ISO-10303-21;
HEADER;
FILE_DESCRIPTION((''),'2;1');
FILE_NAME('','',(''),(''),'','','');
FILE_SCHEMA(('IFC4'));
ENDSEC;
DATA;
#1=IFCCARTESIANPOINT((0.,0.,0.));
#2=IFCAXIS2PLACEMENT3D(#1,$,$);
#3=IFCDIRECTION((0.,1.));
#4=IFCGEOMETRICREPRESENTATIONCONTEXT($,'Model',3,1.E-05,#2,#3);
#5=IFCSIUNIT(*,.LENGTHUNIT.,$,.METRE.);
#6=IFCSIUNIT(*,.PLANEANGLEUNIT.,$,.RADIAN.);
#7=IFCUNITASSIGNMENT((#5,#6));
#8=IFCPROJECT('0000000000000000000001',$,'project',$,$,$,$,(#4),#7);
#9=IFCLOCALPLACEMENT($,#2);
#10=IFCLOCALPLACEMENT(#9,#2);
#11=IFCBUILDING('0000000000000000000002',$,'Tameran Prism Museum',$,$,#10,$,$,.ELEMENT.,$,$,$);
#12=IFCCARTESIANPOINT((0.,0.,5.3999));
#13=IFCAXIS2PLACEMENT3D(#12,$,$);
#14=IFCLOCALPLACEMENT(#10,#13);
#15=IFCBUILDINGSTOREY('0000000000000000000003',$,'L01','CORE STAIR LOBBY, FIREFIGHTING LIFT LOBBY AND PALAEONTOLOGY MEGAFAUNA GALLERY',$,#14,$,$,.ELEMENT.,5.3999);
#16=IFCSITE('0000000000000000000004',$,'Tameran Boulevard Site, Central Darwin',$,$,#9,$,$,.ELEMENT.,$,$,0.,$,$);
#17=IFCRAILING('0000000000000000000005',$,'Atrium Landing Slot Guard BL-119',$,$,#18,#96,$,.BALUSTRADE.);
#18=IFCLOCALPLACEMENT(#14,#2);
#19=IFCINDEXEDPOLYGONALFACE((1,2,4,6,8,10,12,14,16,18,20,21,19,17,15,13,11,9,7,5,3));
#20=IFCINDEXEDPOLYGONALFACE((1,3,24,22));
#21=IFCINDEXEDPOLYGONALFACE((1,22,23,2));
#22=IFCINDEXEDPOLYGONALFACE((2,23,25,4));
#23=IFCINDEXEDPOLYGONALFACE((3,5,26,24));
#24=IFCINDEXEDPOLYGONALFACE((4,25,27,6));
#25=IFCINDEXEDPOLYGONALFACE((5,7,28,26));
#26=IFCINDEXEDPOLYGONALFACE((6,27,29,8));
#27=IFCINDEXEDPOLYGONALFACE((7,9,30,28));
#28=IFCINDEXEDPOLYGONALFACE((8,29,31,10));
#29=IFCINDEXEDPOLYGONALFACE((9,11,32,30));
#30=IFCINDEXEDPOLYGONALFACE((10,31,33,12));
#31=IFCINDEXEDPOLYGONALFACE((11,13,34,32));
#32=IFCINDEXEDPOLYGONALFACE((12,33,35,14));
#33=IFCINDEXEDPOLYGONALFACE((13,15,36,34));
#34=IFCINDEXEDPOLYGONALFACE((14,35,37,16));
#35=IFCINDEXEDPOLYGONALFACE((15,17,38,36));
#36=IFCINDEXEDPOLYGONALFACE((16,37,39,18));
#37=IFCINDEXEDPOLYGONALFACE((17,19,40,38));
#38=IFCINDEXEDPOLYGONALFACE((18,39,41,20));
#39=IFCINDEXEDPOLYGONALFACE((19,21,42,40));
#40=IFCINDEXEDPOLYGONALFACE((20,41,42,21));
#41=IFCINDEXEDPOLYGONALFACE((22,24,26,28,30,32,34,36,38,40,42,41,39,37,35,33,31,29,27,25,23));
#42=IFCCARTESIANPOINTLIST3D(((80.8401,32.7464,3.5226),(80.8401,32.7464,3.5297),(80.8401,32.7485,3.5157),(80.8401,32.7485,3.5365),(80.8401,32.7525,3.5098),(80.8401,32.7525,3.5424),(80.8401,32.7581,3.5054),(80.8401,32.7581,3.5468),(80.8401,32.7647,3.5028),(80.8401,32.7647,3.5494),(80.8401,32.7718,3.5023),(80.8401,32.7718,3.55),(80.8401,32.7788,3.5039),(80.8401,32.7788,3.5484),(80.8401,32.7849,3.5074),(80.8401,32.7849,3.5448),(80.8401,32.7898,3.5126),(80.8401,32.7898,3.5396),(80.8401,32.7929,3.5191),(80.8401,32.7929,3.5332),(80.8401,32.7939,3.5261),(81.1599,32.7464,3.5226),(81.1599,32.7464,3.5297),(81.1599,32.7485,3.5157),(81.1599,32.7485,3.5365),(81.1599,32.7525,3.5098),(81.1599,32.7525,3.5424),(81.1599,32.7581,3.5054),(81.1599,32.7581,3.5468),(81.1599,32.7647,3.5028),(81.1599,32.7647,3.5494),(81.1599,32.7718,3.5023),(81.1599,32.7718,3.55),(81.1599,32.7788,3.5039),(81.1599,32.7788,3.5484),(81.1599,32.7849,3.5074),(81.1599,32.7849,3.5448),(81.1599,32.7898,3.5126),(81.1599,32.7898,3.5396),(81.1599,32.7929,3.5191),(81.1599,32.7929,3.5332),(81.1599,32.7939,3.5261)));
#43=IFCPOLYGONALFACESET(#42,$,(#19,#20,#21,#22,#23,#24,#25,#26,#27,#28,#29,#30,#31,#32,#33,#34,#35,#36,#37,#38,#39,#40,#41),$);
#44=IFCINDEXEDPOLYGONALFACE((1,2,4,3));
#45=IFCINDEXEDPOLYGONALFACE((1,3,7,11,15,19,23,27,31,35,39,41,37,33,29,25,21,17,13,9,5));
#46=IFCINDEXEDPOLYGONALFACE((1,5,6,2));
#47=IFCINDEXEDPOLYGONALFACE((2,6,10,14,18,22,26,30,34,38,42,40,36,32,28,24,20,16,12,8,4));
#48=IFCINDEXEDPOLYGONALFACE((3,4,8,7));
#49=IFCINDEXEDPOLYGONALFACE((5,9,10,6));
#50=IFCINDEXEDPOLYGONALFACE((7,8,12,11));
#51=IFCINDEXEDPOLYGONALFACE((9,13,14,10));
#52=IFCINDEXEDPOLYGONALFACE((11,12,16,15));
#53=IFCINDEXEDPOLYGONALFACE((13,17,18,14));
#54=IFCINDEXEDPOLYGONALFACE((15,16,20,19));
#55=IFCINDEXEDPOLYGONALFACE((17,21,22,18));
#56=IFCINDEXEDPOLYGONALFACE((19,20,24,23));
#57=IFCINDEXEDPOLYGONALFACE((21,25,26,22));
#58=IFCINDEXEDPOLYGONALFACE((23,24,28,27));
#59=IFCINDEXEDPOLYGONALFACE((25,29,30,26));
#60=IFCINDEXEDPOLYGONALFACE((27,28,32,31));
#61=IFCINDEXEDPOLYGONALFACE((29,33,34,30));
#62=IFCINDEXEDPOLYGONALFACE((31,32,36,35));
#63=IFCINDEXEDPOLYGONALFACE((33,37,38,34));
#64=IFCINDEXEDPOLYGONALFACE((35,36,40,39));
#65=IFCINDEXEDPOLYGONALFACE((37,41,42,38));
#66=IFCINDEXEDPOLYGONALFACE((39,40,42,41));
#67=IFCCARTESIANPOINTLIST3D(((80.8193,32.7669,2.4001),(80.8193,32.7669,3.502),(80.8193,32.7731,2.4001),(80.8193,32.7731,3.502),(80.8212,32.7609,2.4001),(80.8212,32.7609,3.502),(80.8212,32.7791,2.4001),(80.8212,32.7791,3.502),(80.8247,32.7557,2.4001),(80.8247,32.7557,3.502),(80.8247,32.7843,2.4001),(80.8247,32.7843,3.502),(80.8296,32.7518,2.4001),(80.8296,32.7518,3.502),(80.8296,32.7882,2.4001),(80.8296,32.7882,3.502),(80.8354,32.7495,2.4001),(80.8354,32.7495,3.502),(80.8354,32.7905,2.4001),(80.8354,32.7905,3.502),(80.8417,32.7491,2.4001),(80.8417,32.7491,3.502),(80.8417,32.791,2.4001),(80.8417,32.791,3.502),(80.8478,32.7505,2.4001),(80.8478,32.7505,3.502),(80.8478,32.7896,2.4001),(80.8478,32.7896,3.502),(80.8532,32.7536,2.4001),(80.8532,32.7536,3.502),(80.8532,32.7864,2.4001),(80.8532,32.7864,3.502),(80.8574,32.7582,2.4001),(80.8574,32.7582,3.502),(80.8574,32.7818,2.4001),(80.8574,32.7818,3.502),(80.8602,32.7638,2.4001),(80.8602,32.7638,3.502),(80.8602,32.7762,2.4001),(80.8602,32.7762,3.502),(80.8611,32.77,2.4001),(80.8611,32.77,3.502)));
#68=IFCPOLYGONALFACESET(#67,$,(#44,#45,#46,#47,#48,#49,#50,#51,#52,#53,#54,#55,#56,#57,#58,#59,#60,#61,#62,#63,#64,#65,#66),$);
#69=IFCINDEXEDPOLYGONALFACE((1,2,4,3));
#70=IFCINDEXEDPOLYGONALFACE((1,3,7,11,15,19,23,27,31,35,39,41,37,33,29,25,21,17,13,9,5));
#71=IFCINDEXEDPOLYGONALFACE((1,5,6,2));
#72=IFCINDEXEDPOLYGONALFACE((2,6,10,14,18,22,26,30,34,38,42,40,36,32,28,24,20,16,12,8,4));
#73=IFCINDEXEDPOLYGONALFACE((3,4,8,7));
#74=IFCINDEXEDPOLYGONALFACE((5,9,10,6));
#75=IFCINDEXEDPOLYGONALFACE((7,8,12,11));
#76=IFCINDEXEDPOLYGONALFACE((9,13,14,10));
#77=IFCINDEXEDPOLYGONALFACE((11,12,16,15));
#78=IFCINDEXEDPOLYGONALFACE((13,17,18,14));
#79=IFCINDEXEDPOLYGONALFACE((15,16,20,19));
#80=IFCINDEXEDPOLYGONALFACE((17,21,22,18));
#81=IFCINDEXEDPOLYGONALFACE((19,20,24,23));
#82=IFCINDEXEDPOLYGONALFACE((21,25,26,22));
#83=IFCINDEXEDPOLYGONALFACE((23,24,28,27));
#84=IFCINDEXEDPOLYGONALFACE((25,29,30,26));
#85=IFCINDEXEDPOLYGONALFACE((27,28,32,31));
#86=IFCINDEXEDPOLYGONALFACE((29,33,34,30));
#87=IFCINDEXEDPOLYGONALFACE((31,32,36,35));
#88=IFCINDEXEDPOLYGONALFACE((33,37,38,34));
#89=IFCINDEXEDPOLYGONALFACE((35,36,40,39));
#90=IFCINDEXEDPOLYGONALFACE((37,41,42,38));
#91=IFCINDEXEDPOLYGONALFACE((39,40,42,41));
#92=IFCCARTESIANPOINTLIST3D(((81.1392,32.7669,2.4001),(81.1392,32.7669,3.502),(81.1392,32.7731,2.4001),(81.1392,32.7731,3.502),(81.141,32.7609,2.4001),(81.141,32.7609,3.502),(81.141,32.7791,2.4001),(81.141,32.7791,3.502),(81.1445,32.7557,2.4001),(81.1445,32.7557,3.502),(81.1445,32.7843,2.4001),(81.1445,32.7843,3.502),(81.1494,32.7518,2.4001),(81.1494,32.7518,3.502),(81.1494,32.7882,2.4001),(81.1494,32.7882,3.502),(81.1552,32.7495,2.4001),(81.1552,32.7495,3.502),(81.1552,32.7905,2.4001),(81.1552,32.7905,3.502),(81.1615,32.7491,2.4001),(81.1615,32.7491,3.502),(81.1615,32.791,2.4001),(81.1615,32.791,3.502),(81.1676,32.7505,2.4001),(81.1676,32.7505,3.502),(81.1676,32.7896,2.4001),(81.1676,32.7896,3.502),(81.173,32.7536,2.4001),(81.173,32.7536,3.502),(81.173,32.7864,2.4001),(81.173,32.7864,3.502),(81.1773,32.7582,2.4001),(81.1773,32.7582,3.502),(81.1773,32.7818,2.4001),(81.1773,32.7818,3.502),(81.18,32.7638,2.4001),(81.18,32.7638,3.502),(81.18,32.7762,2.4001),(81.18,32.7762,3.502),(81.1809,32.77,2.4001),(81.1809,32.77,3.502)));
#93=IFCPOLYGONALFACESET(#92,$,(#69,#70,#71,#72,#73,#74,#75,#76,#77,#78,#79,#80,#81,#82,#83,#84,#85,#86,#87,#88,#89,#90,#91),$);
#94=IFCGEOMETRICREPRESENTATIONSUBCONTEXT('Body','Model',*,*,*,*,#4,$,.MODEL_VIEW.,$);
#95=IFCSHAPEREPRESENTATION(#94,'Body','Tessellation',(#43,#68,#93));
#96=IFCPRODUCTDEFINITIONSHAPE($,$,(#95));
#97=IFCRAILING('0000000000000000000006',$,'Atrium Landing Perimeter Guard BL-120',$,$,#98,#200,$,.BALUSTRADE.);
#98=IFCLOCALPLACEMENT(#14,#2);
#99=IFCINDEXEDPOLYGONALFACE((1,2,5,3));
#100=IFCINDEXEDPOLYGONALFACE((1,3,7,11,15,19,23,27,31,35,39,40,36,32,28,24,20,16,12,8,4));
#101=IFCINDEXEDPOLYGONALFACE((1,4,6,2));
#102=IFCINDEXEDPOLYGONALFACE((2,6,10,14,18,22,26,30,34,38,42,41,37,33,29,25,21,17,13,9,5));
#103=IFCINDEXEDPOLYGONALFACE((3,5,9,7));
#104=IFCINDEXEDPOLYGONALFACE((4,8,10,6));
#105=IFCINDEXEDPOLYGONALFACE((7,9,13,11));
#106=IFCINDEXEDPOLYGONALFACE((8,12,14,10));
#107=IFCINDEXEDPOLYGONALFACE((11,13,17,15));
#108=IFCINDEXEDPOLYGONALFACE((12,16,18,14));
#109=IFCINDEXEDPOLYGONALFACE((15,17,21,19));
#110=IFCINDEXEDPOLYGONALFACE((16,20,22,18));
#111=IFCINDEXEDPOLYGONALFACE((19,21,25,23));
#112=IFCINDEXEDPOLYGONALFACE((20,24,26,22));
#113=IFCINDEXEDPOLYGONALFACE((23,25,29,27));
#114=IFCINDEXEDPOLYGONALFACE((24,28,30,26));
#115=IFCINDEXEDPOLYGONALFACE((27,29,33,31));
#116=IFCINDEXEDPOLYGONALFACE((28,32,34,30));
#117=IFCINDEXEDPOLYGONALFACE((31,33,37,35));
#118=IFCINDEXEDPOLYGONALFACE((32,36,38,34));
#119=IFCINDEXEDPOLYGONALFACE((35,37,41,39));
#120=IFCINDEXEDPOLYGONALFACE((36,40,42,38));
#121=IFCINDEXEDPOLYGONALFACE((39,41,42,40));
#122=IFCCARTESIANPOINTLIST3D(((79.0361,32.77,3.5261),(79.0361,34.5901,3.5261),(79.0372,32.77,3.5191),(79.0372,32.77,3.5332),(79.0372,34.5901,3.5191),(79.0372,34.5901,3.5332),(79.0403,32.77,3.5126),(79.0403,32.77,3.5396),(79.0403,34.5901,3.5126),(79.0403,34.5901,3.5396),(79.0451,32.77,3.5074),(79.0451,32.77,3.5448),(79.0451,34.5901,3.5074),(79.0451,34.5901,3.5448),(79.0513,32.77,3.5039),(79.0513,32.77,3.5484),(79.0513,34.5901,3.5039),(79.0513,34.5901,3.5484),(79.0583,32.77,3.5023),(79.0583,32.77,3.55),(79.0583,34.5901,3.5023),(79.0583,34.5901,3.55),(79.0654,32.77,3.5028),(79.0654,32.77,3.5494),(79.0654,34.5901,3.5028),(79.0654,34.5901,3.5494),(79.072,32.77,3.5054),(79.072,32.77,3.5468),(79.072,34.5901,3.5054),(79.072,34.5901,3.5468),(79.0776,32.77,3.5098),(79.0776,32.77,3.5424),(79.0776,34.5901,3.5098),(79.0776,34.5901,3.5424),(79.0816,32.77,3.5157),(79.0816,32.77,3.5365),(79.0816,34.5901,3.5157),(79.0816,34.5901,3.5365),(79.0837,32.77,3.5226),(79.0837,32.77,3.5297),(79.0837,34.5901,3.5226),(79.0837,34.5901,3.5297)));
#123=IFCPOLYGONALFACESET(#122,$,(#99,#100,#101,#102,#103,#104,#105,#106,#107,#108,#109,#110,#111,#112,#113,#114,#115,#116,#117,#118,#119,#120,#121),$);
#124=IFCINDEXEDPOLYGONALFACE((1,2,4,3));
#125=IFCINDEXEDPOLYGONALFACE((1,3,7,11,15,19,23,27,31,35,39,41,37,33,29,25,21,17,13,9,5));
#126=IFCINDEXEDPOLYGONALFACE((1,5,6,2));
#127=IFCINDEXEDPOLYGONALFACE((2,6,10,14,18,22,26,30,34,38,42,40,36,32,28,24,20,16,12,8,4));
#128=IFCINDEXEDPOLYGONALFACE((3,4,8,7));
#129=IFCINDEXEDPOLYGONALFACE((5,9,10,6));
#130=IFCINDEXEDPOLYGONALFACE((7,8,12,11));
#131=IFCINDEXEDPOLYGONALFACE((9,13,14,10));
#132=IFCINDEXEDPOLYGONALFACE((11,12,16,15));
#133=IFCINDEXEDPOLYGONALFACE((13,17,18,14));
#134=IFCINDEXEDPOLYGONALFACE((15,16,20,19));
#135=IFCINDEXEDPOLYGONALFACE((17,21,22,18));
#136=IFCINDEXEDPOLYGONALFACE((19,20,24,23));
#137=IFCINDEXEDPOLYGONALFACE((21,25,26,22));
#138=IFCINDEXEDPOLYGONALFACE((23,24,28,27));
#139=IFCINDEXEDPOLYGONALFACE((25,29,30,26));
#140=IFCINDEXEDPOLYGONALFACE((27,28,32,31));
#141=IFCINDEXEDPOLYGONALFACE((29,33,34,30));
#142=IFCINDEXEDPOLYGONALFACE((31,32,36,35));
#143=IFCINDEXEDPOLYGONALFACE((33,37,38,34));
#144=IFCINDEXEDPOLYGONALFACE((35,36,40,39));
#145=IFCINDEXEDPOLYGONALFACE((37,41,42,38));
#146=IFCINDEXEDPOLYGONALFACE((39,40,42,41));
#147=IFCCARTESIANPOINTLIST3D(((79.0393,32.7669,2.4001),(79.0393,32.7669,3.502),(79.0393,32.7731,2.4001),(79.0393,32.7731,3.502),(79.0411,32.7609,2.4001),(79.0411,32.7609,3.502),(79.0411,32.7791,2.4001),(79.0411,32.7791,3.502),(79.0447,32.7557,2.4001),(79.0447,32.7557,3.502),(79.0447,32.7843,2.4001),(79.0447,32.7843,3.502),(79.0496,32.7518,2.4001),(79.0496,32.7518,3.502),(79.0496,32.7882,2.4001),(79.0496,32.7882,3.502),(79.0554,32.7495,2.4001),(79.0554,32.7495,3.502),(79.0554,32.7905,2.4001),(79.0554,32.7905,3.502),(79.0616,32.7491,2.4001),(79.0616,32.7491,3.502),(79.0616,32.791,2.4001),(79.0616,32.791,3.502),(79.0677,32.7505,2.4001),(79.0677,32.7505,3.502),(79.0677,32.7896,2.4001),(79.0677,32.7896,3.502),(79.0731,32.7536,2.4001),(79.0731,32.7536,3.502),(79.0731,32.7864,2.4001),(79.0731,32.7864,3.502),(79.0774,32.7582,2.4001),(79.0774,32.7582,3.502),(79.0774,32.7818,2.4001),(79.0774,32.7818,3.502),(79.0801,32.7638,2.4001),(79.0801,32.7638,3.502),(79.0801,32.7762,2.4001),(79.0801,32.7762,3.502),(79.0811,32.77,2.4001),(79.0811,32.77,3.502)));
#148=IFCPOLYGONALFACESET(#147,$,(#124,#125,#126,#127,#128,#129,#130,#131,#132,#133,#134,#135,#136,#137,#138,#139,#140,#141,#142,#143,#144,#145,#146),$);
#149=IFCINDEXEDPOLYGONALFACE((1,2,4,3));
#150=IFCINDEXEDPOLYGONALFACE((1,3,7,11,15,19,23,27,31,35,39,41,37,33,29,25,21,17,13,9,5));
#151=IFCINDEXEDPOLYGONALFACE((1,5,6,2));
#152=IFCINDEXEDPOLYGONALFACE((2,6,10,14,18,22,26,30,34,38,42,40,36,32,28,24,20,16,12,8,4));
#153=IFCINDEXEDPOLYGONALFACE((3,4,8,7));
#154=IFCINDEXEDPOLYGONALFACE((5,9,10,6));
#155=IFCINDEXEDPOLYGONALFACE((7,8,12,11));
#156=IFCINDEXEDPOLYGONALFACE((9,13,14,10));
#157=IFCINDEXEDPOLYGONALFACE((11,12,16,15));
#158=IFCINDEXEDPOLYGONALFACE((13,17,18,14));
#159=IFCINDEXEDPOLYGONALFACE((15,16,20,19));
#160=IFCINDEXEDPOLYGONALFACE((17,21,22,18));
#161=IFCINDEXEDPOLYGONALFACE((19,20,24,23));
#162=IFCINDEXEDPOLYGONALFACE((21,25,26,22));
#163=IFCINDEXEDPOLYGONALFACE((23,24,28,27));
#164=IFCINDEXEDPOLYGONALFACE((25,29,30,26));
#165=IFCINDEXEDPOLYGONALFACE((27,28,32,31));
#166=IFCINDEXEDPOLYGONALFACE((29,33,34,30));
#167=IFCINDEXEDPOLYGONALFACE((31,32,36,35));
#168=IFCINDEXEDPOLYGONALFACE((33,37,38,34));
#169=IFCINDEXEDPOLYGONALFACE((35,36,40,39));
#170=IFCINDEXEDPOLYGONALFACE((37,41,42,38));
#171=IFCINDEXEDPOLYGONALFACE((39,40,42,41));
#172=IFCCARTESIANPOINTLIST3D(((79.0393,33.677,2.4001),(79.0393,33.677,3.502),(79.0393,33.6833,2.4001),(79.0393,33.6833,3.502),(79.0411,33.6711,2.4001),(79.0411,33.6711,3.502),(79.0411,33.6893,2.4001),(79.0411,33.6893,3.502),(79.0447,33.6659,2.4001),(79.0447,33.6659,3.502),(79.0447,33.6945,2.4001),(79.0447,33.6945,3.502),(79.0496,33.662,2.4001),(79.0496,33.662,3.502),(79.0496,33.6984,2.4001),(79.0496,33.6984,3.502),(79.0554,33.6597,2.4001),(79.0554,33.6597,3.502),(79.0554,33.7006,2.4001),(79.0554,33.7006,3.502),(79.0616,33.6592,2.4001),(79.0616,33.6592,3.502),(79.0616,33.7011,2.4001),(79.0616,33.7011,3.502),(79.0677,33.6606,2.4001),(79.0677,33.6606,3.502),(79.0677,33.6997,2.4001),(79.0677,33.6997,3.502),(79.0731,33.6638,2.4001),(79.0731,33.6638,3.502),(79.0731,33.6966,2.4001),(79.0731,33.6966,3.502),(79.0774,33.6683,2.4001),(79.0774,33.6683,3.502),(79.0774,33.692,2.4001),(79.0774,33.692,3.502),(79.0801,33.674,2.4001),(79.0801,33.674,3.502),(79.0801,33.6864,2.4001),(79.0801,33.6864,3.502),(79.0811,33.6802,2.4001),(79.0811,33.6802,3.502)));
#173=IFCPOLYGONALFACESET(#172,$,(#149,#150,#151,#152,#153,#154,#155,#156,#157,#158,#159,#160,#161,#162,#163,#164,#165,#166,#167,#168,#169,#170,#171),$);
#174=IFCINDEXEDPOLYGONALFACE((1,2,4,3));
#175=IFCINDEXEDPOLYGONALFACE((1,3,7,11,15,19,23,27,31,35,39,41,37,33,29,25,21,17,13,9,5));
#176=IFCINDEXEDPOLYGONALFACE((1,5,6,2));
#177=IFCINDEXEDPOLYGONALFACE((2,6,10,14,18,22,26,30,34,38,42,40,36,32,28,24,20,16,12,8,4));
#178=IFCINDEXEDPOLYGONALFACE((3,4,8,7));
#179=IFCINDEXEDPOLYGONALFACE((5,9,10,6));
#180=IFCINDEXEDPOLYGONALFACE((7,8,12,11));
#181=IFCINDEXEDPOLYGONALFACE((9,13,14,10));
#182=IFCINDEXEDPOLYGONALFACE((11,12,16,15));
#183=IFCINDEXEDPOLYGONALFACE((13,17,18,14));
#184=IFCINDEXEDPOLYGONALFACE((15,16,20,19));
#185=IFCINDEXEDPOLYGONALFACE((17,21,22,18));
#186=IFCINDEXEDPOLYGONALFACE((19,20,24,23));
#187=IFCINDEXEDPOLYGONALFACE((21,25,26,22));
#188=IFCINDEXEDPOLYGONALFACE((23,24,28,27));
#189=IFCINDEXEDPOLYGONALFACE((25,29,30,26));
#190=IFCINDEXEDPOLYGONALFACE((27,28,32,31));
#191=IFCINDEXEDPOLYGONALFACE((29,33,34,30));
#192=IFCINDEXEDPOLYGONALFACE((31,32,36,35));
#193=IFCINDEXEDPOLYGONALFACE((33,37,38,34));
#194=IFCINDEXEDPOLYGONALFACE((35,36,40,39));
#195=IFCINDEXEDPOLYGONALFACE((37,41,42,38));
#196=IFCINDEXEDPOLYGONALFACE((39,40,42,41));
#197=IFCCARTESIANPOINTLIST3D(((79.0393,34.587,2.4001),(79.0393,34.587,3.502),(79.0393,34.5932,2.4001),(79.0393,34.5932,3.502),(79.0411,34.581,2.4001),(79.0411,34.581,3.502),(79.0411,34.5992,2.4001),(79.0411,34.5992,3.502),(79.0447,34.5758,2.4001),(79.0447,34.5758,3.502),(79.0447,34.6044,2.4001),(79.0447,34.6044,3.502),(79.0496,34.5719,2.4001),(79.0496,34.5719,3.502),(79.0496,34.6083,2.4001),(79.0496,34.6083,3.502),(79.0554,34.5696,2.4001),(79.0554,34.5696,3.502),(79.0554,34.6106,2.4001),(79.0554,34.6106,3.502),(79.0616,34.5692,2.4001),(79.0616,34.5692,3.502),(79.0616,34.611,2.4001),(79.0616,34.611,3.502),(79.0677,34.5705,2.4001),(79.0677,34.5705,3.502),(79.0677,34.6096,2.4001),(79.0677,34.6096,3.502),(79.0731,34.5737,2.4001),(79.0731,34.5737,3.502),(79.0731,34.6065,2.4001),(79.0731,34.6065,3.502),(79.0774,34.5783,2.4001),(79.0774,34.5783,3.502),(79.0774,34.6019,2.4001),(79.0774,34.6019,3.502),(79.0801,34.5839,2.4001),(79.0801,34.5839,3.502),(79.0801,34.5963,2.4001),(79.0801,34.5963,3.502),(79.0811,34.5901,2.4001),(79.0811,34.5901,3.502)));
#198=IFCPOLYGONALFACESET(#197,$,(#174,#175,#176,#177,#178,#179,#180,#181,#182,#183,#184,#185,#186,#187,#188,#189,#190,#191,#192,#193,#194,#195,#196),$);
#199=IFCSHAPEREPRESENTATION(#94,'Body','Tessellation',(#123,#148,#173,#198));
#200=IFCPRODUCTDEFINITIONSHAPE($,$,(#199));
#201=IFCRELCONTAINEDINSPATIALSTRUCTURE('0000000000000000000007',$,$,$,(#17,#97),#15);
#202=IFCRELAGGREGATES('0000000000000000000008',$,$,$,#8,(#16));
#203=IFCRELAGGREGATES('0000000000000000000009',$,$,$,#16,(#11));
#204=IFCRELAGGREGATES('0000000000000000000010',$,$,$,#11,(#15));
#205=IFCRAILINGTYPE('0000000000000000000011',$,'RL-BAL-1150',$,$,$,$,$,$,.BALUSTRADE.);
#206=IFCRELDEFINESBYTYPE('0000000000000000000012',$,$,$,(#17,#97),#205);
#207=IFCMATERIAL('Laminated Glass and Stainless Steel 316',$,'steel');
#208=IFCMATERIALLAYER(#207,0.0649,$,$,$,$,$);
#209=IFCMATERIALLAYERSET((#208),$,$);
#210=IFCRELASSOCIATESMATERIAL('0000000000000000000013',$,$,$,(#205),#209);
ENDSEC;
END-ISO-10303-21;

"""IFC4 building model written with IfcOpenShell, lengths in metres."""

from ifc_helpers import new_model, si_unit, direction, frame, origin, origin_2d, place, context, subcontext, project, spatial, circle, extrude, material, layer, layer_set, type_object, element, save


model = new_model("IFC4")

# Units and contexts
model_context = context("Model", 3, precision=1e-05, world=origin(), true_north=direction((0.0, 1.0)))
body_context = subcontext(model_context, "Body", "Model", "MODEL_VIEW")
ifc_project = project(units=[si_unit("LENGTHUNIT", "METRE"), si_unit("PLANEANGLEUNIT", "RADIAN")], contexts=[model_context])

# Site, building, storey
site_placement = place(None, origin())
site = spatial("IfcSite", under=ifc_project, at=site_placement, Name="Tameran Boulevard Site, Central Darwin", CompositionType="ELEMENT", RefElevation=0.0)
building_placement = place(site_placement, origin())
building = spatial("IfcBuilding", under=site, at=building_placement, Name="Tameran Prism Museum", CompositionType="ELEMENT")
storey_placement = place(building_placement, frame((0.0, 0.0, 5.3999)))
storey = spatial("IfcBuildingStorey", under=building, at=storey_placement, Name="L01", Description="CORE STAIR LOBBY, FIREFIGHTING LIFT LOBBY AND PALAEONTOLOGY MEGAFAUNA GALLERY", CompositionType="ELEMENT", Elevation=5.3999)

# Railings
ifc_material_1 = material(Name="Laminated Glass and Stainless Steel 316", Category="steel")
ifc_layer_1 = layer(ifc_material_1, 0.0649)
ifc_layer_set_1 = layer_set([ifc_layer_1])
railing_type = type_object("IfcRailingType", Name="RL-BAL-1150", PredefinedType="BALUSTRADE", material=ifc_layer_set_1)
railing_1_placement = place(storey_placement, frame((80.8401, 32.77, 2.4001)))
element("IfcRailing", 1, at=railing_1_placement, inside=storey, type_object=railing_type, Name="Atrium Landing Slot Guard BL-119", PredefinedType="BALUSTRADE", context=body_context, shape_type="SweptSolid", body=[
    extrude(circle(Radius=0.0239, at=origin_2d()), frame((0.0, 0.0, 1.126), z_axis=(1.0, 0.0, 0.0), x_axis=(0.0, 1.0, 0.0)), (0.0, 0.0, 1.0), 0.3198),
    extrude(circle(Radius=0.021, at=origin_2d()), origin(), (0.0, 0.0, 1.0), 1.1018),
    extrude(circle(Radius=0.021, at=origin_2d()), frame((0.3198, 0.0, 0.0)), (0.0, 0.0, 1.0), 1.1018),
])
railing_2_placement = place(storey_placement, frame((79.0601, 32.77, 2.4001)))
element("IfcRailing", 2, at=railing_2_placement, inside=storey, type_object=railing_type, Name="Atrium Landing Perimeter Guard BL-120", PredefinedType="BALUSTRADE", context=body_context, shape_type="SweptSolid", body=[
    extrude(circle(Radius=0.0239, at=origin_2d()), frame((0.0, 0.0, 1.126), z_axis=(0.0, 1.0, 0.0), x_axis=(-1.0, 0.0, 0.0)), (0.0, 0.0, 1.0), 1.8201),
    extrude(circle(Radius=0.021, at=origin_2d()), origin(), (0.0, 0.0, 1.0), 1.1018),
    extrude(circle(Radius=0.021, at=origin_2d()), frame((0.0, 0.9102, 0.0)), (0.0, 0.0, 1.0), 1.1018),
    extrude(circle(Radius=0.021, at=origin_2d()), frame((0.0, 1.8201, 0.0)), (0.0, 0.0, 1.0), 1.1018),
])

save(model, "model.ifc")
